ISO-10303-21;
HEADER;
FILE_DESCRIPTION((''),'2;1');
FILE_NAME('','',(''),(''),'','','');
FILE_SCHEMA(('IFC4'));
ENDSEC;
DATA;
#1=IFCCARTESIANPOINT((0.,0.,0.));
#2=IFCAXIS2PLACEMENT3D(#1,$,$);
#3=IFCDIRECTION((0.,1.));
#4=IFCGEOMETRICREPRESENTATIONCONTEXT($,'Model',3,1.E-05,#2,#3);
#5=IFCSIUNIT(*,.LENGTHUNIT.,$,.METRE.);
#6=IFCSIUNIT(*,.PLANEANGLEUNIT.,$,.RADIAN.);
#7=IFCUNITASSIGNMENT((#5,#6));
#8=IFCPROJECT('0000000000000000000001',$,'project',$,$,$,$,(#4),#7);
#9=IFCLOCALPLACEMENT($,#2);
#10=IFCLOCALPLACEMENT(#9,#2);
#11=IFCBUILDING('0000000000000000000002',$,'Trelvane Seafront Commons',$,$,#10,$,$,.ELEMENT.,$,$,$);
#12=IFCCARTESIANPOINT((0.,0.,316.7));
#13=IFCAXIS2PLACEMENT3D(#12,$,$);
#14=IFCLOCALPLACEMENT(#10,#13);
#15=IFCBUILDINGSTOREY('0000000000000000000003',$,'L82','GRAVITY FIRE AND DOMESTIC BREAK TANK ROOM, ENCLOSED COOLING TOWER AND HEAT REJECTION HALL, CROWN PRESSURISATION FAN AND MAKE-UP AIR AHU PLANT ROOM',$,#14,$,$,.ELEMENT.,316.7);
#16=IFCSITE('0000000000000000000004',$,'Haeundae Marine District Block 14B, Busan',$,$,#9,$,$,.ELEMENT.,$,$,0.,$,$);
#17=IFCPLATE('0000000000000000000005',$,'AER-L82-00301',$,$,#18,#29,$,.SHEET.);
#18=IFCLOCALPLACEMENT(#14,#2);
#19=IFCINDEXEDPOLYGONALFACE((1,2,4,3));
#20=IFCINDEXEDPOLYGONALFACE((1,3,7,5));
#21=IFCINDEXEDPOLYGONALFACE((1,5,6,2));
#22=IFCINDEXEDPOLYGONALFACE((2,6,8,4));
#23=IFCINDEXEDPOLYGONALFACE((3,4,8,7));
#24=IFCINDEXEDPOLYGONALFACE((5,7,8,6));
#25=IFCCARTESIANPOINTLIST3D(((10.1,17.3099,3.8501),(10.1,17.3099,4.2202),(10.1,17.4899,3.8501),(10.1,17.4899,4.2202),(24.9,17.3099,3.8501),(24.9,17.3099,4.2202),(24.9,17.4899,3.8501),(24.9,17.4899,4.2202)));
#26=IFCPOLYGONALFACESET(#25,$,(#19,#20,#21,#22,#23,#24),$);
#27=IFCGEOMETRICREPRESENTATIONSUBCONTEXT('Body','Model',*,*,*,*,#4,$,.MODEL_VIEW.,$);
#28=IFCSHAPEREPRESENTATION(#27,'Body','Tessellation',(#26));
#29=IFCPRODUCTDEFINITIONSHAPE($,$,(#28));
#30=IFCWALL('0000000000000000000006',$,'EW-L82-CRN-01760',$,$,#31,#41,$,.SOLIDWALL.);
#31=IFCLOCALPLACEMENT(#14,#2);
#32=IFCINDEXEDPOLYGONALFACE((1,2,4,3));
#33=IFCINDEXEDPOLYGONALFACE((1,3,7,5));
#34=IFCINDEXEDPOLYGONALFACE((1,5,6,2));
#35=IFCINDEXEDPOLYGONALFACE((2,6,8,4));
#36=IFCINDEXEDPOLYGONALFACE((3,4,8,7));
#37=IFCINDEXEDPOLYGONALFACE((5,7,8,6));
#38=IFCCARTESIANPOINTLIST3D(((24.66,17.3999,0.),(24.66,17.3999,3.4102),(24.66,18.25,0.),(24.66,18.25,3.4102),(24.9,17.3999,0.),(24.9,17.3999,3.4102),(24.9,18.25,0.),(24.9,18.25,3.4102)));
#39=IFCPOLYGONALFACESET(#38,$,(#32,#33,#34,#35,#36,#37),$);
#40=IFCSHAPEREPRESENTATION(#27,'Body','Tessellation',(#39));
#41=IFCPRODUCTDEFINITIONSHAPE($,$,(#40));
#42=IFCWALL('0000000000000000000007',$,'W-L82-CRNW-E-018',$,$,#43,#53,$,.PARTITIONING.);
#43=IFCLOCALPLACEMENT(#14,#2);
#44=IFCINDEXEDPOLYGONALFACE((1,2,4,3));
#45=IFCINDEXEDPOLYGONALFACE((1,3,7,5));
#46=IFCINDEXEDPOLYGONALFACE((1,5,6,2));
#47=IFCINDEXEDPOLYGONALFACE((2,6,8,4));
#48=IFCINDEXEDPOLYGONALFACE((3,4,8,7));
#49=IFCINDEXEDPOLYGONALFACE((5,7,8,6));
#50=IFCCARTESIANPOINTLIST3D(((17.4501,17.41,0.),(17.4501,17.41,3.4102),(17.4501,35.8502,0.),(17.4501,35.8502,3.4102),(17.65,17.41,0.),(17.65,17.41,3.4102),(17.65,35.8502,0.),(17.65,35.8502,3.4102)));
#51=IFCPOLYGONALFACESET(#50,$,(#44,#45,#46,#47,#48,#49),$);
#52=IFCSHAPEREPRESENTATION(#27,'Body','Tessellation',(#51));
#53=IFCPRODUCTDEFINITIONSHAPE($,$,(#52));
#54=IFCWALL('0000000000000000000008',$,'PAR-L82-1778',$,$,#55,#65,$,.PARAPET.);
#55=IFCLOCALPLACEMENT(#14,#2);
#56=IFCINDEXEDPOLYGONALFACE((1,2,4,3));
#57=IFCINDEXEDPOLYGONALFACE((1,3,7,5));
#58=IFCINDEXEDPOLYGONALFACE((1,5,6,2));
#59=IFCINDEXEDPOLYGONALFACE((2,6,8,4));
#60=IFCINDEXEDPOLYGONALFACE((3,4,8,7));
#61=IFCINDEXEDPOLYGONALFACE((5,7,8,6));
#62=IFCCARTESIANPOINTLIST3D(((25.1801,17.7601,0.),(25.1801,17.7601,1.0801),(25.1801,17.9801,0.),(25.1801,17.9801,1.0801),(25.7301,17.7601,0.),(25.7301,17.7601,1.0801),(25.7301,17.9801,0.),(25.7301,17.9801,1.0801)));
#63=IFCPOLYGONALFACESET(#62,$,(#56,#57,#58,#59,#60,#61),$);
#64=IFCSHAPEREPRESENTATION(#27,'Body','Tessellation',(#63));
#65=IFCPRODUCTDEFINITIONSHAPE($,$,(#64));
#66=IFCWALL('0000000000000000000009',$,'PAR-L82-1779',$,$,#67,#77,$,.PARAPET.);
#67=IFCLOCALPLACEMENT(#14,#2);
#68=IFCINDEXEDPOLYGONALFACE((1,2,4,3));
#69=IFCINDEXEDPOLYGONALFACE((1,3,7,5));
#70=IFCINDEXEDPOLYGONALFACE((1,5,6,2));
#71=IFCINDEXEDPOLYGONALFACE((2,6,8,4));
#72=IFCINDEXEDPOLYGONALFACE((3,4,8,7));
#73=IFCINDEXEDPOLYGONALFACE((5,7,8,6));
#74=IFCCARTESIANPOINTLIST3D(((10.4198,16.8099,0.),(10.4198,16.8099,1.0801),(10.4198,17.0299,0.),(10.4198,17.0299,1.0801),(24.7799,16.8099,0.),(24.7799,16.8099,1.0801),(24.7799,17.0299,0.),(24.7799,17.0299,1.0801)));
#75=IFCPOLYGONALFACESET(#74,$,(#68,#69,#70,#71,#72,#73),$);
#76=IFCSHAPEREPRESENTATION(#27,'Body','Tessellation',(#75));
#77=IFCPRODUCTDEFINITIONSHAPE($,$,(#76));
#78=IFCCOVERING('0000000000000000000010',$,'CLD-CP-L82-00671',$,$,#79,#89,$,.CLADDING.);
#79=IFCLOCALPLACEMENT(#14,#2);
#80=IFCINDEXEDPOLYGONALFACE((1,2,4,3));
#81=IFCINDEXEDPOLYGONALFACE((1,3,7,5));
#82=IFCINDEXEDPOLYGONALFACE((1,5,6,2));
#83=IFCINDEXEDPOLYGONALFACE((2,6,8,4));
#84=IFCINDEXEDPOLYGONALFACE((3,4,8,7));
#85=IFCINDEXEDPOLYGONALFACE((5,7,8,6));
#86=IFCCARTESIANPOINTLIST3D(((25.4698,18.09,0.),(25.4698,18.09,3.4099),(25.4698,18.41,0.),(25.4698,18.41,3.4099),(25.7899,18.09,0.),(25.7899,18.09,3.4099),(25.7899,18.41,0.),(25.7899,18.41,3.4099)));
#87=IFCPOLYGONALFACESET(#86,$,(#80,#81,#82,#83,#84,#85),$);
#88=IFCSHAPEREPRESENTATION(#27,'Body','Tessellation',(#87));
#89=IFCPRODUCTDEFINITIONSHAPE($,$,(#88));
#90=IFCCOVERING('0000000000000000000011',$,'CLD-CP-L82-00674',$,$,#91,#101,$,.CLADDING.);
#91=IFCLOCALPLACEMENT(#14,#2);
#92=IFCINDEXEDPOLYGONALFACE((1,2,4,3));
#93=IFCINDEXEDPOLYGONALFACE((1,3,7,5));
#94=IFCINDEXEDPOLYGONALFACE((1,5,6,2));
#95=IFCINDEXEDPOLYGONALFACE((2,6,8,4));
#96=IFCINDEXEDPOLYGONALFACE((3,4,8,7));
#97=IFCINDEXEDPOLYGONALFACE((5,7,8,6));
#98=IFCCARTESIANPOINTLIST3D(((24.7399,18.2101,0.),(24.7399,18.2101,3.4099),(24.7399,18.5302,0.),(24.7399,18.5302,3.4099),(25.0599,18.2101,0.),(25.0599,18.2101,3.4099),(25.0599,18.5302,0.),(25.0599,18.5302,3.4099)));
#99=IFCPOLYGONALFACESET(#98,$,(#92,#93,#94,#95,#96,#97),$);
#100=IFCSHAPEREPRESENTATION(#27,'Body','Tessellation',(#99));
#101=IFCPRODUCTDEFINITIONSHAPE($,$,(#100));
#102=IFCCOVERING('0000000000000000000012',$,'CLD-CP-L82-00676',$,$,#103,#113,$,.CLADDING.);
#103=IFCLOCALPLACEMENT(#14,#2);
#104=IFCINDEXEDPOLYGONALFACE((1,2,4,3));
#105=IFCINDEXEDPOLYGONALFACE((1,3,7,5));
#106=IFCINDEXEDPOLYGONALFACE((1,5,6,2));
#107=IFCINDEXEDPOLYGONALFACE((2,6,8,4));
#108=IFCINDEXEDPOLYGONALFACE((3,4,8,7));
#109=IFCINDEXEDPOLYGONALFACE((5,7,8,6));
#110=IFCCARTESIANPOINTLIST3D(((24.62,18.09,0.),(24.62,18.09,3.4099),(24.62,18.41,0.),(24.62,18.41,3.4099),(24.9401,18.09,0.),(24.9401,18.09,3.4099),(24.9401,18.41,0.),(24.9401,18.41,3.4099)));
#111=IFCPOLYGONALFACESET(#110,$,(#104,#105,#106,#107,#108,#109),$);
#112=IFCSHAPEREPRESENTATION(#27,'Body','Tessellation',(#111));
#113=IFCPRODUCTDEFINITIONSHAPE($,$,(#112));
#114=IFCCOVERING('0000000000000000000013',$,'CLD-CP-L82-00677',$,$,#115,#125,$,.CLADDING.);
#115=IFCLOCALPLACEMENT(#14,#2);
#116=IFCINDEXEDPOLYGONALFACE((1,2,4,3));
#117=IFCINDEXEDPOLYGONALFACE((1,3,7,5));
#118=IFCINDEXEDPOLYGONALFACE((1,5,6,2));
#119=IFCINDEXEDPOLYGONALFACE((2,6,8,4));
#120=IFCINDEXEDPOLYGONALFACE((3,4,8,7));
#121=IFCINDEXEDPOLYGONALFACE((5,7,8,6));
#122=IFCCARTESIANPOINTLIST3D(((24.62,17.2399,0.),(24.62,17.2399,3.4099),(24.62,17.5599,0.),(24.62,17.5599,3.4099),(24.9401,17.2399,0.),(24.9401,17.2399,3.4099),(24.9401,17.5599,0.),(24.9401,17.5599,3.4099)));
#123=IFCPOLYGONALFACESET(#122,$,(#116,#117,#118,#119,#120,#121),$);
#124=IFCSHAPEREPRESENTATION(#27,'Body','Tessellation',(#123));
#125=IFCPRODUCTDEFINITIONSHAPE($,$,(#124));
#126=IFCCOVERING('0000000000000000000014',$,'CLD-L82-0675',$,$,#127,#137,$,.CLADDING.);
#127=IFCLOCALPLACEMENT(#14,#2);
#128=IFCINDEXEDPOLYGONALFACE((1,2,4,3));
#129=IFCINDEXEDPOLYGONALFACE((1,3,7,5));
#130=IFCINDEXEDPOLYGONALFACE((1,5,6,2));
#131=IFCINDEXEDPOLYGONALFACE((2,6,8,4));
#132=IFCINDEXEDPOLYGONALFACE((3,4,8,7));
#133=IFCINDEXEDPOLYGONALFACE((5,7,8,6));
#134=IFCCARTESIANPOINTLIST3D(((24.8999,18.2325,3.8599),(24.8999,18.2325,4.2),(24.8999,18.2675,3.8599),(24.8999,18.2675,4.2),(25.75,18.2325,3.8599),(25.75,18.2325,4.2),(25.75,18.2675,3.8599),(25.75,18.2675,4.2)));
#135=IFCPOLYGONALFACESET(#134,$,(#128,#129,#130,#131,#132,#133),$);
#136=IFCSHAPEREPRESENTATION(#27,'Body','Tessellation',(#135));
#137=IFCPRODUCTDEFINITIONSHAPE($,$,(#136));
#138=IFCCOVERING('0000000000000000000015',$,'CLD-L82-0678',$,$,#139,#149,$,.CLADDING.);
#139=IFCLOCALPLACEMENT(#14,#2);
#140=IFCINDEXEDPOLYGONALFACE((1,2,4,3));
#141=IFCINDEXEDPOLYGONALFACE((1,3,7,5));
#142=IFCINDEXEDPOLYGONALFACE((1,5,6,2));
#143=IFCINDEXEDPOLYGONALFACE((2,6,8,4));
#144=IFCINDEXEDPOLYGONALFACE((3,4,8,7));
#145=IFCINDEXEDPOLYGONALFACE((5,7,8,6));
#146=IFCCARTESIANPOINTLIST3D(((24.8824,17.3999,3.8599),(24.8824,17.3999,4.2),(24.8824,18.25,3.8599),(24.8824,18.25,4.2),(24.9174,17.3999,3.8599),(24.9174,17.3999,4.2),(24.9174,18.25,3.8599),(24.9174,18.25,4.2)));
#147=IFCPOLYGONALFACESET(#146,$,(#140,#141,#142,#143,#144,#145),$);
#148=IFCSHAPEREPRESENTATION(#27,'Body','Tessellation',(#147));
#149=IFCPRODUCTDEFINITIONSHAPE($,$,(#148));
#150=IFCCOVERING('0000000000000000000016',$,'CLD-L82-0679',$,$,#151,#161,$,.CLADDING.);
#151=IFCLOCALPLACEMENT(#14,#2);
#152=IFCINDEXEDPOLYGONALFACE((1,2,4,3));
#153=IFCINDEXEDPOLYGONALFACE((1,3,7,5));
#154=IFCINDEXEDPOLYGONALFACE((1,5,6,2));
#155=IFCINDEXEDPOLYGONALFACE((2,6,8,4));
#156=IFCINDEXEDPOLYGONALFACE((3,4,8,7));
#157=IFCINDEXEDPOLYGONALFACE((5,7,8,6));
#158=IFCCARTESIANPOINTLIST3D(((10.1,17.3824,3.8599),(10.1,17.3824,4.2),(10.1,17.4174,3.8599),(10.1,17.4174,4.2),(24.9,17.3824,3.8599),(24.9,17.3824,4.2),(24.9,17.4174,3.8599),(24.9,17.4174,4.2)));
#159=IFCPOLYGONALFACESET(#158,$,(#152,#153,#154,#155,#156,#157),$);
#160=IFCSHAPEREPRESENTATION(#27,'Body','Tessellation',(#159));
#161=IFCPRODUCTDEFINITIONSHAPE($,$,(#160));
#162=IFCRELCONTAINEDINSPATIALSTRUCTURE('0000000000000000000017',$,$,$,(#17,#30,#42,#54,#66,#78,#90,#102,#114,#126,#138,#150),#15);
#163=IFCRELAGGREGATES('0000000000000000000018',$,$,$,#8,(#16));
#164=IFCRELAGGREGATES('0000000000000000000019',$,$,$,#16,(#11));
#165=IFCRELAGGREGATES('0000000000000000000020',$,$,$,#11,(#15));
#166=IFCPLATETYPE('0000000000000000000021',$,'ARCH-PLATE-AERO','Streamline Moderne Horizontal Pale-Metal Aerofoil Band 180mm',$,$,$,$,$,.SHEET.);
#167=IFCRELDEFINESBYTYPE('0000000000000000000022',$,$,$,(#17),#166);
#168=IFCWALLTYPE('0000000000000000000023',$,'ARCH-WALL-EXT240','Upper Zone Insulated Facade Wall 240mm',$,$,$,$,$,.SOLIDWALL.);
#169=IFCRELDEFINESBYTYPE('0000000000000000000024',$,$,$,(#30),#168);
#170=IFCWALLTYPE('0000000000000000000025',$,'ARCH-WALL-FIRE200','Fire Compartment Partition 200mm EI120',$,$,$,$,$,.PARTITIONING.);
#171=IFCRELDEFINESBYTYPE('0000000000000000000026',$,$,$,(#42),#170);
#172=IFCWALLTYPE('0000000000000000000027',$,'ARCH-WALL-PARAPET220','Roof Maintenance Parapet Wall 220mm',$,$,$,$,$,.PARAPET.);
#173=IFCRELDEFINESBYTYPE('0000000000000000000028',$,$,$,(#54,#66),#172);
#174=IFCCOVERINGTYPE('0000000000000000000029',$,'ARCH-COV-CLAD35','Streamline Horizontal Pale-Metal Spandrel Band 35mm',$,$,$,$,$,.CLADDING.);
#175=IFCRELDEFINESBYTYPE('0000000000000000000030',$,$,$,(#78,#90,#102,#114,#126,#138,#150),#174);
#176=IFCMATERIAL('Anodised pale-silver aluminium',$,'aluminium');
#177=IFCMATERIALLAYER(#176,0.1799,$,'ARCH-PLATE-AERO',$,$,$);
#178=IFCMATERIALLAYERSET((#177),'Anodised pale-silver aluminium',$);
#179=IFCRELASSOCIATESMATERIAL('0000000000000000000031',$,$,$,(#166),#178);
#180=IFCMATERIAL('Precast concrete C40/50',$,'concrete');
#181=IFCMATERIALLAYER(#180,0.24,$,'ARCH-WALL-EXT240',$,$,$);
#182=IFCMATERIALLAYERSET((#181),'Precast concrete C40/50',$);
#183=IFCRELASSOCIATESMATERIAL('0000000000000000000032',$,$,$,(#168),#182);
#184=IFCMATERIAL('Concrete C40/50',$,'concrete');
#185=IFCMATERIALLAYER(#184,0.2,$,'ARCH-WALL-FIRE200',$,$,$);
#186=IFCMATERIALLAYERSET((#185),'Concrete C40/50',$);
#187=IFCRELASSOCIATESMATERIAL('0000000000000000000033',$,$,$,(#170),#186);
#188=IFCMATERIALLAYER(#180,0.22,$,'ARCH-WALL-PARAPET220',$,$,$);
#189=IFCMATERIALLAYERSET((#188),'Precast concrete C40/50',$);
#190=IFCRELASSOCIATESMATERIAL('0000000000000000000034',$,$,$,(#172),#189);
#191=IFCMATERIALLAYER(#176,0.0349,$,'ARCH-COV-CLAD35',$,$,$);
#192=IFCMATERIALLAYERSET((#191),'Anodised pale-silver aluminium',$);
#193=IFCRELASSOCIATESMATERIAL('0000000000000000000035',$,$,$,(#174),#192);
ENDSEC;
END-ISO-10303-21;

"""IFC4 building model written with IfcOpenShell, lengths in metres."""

from ifc_helpers import new_model, si_unit, direction, frame, frame_2d, origin, origin_2d, place, context, subcontext, project, spatial, rectangle, extrude, source, transform, mapped, material, layer, layer_set, type_object, element, save


model = new_model("IFC4")

# Units and contexts
model_context = context("Model", 3, precision=1e-05, world=origin(), true_north=direction((0.0, 1.0)))
body_context = subcontext(model_context, "Body", "Model", "MODEL_VIEW")
ifc_project = project(units=[si_unit("LENGTHUNIT", "METRE"), si_unit("PLANEANGLEUNIT", "RADIAN")], contexts=[model_context])

# Site, building, storey
site_placement = place(None, origin())
site = spatial("IfcSite", under=ifc_project, at=site_placement, Name="Haeundae Marine District Block 14B, Busan", CompositionType="ELEMENT", RefElevation=0.0)
building_placement = place(site_placement, origin())
building = spatial("IfcBuilding", under=site, at=building_placement, Name="Trelvane Seafront Commons", CompositionType="ELEMENT")
storey_placement = place(building_placement, frame((0.0, 0.0, 316.7)))
storey = spatial("IfcBuildingStorey", under=building, at=storey_placement, Name="L82", Description="GRAVITY FIRE AND DOMESTIC BREAK TANK ROOM, ENCLOSED COOLING TOWER AND HEAT REJECTION HALL, CROWN PRESSURISATION FAN AND MAKE-UP AIR AHU PLANT ROOM", CompositionType="ELEMENT", Elevation=316.7)

# Shared definitions
ifc_material_1 = material(Name="Anodised pale-silver aluminium", Category="aluminium")

# Plate
ifc_layer_1 = layer(ifc_material_1, 0.1799, Name="ARCH-PLATE-AERO")
ifc_layer_set_1 = layer_set([ifc_layer_1], Name="Anodised pale-silver aluminium")
plate_type_1 = type_object("IfcPlateType", Name="ARCH-PLATE-AERO", Description="Streamline Moderne Horizontal Pale-Metal Aerofoil Band 180mm", PredefinedType="SHEET", material=ifc_layer_set_1)
shared_shape_1 = source(origin(), body_context, "Body", "SweptSolid", [
    extrude(rectangle(XDim=14.8, YDim=0.1799, at=origin_2d()), origin(), (0.0, 0.0, 1.0), 0.3701),
])
plate_1_placement = place(storey_placement, frame((17.5, 17.3999, 3.8501), z_axis=(0.0, 0.0, 1.0), x_axis=(-1.0, 0.0, 0.0)))
element("IfcPlate", 1, at=plate_1_placement, inside=storey, type_object=plate_type_1, Name="AER-L82-00301", PredefinedType="SHEET", context=body_context, shape_type="MappedRepresentation", body=[
    mapped(shared_shape_1, transform((0.0, 0.0, 0.0), x_axis=(1.0, 0.0, 0.0), y_axis=(0.0, 1.0, 0.0), z_axis=(0.0, 0.0, 1.0), scale=1.0)),
])

# Walls
ifc_material_2 = material(Name="Precast concrete C40/50", Category="concrete")
ifc_layer_2 = layer(ifc_material_2, 0.24, Name="ARCH-WALL-EXT240")
ifc_layer_set_2 = layer_set([ifc_layer_2], Name="Precast concrete C40/50")
wall_type_1 = type_object("IfcWallType", Name="ARCH-WALL-EXT240", Description="Upper Zone Insulated Facade Wall 240mm", PredefinedType="SOLIDWALL", material=ifc_layer_set_2)
wall_1_placement = place(storey_placement, frame((24.78, 18.25, 0.0), z_axis=(0.0, 0.0, 1.0), x_axis=(0.0, -1.0, 0.0)))
element("IfcWall", 2, at=wall_1_placement, inside=storey, type_object=wall_type_1, Name="EW-L82-CRN-01760", PredefinedType="SOLIDWALL", context=body_context, shape_type="SweptSolid", body=[
    extrude(rectangle(XDim=0.8501, YDim=0.24, at=frame_2d((0.425, 0.0))), origin(), (0.0, 0.0, 1.0), 3.4102),
])
ifc_material_3 = material(Name="Concrete C40/50", Category="concrete")
ifc_layer_3 = layer(ifc_material_3, 0.2, Name="ARCH-WALL-FIRE200")
ifc_layer_set_3 = layer_set([ifc_layer_3], Name="Concrete C40/50")
wall_type_2 = type_object("IfcWallType", Name="ARCH-WALL-FIRE200", Description="Fire Compartment Partition 200mm EI120", PredefinedType="PARTITIONING", material=ifc_layer_set_3)
wall_2_placement = place(storey_placement, frame((17.55, 17.4099, 0.0), z_axis=(0.0, 0.0, 1.0), x_axis=(0.0, 1.0, 0.0)))
element("IfcWall", 3, at=wall_2_placement, inside=storey, type_object=wall_type_2, Name="W-L82-CRNW-E-018", PredefinedType="PARTITIONING", context=body_context, shape_type="SweptSolid", body=[
    extrude(rectangle(XDim=18.4402, YDim=0.2, at=frame_2d((9.2202, 0.0))), origin(), (0.0, 0.0, 1.0), 3.4102),
])
ifc_layer_4 = layer(ifc_material_2, 0.22, Name="ARCH-WALL-PARAPET220")
ifc_layer_set_4 = layer_set([ifc_layer_4], Name="Precast concrete C40/50")
wall_type_3 = type_object("IfcWallType", Name="ARCH-WALL-PARAPET220", Description="Roof Maintenance Parapet Wall 220mm", PredefinedType="PARAPET", material=ifc_layer_set_4)
wall_3_placement = place(storey_placement, frame((25.73, 17.8701, 0.0), z_axis=(0.0, 0.0, 1.0), x_axis=(-1.0, 0.0, 0.0)))
element("IfcWall", 4, at=wall_3_placement, inside=storey, type_object=wall_type_3, Name="PAR-L82-1778", PredefinedType="PARAPET", context=body_context, shape_type="SweptSolid", body=[
    extrude(rectangle(XDim=0.55, YDim=0.22, at=frame_2d((0.2749, 0.0))), origin(), (0.0, 0.0, 1.0), 1.0801),
])
wall_4_placement = place(storey_placement, frame((24.78, 16.9199, 0.0), z_axis=(0.0, 0.0, 1.0), x_axis=(-1.0, 0.0, 0.0)))
element("IfcWall", 5, at=wall_4_placement, inside=storey, type_object=wall_type_3, Name="PAR-L82-1779", PredefinedType="PARAPET", context=body_context, shape_type="SweptSolid", body=[
    extrude(rectangle(XDim=14.3601, YDim=0.22, at=frame_2d((7.1802, 0.0))), origin(), (0.0, 0.0, 1.0), 1.0801),
])

# Coverings
ifc_layer_5 = layer(ifc_material_1, 0.0349, Name="ARCH-COV-CLAD35")
ifc_layer_set_5 = layer_set([ifc_layer_5], Name="Anodised pale-silver aluminium")
covering_type = type_object("IfcCoveringType", Name="ARCH-COV-CLAD35", Description="Streamline Horizontal Pale-Metal Spandrel Band 35mm", PredefinedType="CLADDING", material=ifc_layer_set_5)
shared_shape_2 = source(origin(), body_context, "Body", "SweptSolid", [
    extrude(rectangle(XDim=0.3201, YDim=0.3201, at=origin_2d()), origin(), (0.0, 0.0, 1.0), 3.4099),
])
for number, where, z_axis, x_axis, name in (
    (6, (25.6299, 18.25, 0.0), (0.0, 0.0, 1.0), (1.0, 0.0, 0.0), "CLD-CP-L82-00671"),
    (7, (24.8999, 18.3701, 0.0), (0.0, 0.0, 1.0), (1.0, 0.0, 0.0), "CLD-CP-L82-00674"),
    (8, (24.78, 18.25, 0.0), (0.0, 0.0, 1.0), (1.0, 0.0, 0.0), "CLD-CP-L82-00676"),
    (9, (24.78, 17.3999, 0.0), (0.0, 0.0, 1.0), (1.0, 0.0, 0.0), "CLD-CP-L82-00677"),
):
    element("IfcCovering", number, at=place(storey_placement, frame(where, z_axis=z_axis, x_axis=x_axis)), inside=storey, type_object=covering_type, Name=name, PredefinedType="CLADDING", context=body_context, shape_type="MappedRepresentation", body=[
        mapped(shared_shape_2, transform((0.0, 0.0, 0.0), x_axis=(1.0, 0.0, 0.0), y_axis=(0.0, 1.0, 0.0), z_axis=(0.0, 0.0, 1.0), scale=1.0)),
    ])
shared_shape_3 = source(origin(), body_context, "Body", "SweptSolid", [
    extrude(rectangle(XDim=0.8501, YDim=0.0349, at=origin_2d()), origin(), (0.0, 0.0, 1.0), 0.3401),
])
for number, where, z_axis, x_axis, name in (
    (10, (25.325, 18.25, 3.8599), (0.0, 0.0, 1.0), (-1.0, 0.0, 0.0), "CLD-L82-0675"),
    (11, (24.8999, 17.825, 3.8599), (0.0, 0.0, 1.0), (0.0, -1.0, 0.0), "CLD-L82-0678"),
):
    element("IfcCovering", number, at=place(storey_placement, frame(where, z_axis=z_axis, x_axis=x_axis)), inside=storey, type_object=covering_type, Name=name, PredefinedType="CLADDING", context=body_context, shape_type="MappedRepresentation", body=[
        mapped(shared_shape_3, transform((0.0, 0.0, 0.0), x_axis=(1.0, 0.0, 0.0), y_axis=(0.0, 1.0, 0.0), z_axis=(0.0, 0.0, 1.0), scale=1.0)),
    ])
shared_shape_4 = source(origin(), body_context, "Body", "SweptSolid", [
    extrude(rectangle(XDim=14.8, YDim=0.0349, at=origin_2d()), origin(), (0.0, 0.0, 1.0), 0.3401),
])
covering_placement = place(storey_placement, frame((17.5, 17.3999, 3.8599), z_axis=(0.0, 0.0, 1.0), x_axis=(-1.0, 0.0, 0.0)))
element("IfcCovering", 12, at=covering_placement, inside=storey, type_object=covering_type, Name="CLD-L82-0679", PredefinedType="CLADDING", context=body_context, shape_type="MappedRepresentation", body=[
    mapped(shared_shape_4, transform((0.0, 0.0, 0.0), x_axis=(1.0, 0.0, 0.0), y_axis=(0.0, 1.0, 0.0), z_axis=(0.0, 0.0, 1.0), scale=1.0)),
])

save(model, "model.ifc")
